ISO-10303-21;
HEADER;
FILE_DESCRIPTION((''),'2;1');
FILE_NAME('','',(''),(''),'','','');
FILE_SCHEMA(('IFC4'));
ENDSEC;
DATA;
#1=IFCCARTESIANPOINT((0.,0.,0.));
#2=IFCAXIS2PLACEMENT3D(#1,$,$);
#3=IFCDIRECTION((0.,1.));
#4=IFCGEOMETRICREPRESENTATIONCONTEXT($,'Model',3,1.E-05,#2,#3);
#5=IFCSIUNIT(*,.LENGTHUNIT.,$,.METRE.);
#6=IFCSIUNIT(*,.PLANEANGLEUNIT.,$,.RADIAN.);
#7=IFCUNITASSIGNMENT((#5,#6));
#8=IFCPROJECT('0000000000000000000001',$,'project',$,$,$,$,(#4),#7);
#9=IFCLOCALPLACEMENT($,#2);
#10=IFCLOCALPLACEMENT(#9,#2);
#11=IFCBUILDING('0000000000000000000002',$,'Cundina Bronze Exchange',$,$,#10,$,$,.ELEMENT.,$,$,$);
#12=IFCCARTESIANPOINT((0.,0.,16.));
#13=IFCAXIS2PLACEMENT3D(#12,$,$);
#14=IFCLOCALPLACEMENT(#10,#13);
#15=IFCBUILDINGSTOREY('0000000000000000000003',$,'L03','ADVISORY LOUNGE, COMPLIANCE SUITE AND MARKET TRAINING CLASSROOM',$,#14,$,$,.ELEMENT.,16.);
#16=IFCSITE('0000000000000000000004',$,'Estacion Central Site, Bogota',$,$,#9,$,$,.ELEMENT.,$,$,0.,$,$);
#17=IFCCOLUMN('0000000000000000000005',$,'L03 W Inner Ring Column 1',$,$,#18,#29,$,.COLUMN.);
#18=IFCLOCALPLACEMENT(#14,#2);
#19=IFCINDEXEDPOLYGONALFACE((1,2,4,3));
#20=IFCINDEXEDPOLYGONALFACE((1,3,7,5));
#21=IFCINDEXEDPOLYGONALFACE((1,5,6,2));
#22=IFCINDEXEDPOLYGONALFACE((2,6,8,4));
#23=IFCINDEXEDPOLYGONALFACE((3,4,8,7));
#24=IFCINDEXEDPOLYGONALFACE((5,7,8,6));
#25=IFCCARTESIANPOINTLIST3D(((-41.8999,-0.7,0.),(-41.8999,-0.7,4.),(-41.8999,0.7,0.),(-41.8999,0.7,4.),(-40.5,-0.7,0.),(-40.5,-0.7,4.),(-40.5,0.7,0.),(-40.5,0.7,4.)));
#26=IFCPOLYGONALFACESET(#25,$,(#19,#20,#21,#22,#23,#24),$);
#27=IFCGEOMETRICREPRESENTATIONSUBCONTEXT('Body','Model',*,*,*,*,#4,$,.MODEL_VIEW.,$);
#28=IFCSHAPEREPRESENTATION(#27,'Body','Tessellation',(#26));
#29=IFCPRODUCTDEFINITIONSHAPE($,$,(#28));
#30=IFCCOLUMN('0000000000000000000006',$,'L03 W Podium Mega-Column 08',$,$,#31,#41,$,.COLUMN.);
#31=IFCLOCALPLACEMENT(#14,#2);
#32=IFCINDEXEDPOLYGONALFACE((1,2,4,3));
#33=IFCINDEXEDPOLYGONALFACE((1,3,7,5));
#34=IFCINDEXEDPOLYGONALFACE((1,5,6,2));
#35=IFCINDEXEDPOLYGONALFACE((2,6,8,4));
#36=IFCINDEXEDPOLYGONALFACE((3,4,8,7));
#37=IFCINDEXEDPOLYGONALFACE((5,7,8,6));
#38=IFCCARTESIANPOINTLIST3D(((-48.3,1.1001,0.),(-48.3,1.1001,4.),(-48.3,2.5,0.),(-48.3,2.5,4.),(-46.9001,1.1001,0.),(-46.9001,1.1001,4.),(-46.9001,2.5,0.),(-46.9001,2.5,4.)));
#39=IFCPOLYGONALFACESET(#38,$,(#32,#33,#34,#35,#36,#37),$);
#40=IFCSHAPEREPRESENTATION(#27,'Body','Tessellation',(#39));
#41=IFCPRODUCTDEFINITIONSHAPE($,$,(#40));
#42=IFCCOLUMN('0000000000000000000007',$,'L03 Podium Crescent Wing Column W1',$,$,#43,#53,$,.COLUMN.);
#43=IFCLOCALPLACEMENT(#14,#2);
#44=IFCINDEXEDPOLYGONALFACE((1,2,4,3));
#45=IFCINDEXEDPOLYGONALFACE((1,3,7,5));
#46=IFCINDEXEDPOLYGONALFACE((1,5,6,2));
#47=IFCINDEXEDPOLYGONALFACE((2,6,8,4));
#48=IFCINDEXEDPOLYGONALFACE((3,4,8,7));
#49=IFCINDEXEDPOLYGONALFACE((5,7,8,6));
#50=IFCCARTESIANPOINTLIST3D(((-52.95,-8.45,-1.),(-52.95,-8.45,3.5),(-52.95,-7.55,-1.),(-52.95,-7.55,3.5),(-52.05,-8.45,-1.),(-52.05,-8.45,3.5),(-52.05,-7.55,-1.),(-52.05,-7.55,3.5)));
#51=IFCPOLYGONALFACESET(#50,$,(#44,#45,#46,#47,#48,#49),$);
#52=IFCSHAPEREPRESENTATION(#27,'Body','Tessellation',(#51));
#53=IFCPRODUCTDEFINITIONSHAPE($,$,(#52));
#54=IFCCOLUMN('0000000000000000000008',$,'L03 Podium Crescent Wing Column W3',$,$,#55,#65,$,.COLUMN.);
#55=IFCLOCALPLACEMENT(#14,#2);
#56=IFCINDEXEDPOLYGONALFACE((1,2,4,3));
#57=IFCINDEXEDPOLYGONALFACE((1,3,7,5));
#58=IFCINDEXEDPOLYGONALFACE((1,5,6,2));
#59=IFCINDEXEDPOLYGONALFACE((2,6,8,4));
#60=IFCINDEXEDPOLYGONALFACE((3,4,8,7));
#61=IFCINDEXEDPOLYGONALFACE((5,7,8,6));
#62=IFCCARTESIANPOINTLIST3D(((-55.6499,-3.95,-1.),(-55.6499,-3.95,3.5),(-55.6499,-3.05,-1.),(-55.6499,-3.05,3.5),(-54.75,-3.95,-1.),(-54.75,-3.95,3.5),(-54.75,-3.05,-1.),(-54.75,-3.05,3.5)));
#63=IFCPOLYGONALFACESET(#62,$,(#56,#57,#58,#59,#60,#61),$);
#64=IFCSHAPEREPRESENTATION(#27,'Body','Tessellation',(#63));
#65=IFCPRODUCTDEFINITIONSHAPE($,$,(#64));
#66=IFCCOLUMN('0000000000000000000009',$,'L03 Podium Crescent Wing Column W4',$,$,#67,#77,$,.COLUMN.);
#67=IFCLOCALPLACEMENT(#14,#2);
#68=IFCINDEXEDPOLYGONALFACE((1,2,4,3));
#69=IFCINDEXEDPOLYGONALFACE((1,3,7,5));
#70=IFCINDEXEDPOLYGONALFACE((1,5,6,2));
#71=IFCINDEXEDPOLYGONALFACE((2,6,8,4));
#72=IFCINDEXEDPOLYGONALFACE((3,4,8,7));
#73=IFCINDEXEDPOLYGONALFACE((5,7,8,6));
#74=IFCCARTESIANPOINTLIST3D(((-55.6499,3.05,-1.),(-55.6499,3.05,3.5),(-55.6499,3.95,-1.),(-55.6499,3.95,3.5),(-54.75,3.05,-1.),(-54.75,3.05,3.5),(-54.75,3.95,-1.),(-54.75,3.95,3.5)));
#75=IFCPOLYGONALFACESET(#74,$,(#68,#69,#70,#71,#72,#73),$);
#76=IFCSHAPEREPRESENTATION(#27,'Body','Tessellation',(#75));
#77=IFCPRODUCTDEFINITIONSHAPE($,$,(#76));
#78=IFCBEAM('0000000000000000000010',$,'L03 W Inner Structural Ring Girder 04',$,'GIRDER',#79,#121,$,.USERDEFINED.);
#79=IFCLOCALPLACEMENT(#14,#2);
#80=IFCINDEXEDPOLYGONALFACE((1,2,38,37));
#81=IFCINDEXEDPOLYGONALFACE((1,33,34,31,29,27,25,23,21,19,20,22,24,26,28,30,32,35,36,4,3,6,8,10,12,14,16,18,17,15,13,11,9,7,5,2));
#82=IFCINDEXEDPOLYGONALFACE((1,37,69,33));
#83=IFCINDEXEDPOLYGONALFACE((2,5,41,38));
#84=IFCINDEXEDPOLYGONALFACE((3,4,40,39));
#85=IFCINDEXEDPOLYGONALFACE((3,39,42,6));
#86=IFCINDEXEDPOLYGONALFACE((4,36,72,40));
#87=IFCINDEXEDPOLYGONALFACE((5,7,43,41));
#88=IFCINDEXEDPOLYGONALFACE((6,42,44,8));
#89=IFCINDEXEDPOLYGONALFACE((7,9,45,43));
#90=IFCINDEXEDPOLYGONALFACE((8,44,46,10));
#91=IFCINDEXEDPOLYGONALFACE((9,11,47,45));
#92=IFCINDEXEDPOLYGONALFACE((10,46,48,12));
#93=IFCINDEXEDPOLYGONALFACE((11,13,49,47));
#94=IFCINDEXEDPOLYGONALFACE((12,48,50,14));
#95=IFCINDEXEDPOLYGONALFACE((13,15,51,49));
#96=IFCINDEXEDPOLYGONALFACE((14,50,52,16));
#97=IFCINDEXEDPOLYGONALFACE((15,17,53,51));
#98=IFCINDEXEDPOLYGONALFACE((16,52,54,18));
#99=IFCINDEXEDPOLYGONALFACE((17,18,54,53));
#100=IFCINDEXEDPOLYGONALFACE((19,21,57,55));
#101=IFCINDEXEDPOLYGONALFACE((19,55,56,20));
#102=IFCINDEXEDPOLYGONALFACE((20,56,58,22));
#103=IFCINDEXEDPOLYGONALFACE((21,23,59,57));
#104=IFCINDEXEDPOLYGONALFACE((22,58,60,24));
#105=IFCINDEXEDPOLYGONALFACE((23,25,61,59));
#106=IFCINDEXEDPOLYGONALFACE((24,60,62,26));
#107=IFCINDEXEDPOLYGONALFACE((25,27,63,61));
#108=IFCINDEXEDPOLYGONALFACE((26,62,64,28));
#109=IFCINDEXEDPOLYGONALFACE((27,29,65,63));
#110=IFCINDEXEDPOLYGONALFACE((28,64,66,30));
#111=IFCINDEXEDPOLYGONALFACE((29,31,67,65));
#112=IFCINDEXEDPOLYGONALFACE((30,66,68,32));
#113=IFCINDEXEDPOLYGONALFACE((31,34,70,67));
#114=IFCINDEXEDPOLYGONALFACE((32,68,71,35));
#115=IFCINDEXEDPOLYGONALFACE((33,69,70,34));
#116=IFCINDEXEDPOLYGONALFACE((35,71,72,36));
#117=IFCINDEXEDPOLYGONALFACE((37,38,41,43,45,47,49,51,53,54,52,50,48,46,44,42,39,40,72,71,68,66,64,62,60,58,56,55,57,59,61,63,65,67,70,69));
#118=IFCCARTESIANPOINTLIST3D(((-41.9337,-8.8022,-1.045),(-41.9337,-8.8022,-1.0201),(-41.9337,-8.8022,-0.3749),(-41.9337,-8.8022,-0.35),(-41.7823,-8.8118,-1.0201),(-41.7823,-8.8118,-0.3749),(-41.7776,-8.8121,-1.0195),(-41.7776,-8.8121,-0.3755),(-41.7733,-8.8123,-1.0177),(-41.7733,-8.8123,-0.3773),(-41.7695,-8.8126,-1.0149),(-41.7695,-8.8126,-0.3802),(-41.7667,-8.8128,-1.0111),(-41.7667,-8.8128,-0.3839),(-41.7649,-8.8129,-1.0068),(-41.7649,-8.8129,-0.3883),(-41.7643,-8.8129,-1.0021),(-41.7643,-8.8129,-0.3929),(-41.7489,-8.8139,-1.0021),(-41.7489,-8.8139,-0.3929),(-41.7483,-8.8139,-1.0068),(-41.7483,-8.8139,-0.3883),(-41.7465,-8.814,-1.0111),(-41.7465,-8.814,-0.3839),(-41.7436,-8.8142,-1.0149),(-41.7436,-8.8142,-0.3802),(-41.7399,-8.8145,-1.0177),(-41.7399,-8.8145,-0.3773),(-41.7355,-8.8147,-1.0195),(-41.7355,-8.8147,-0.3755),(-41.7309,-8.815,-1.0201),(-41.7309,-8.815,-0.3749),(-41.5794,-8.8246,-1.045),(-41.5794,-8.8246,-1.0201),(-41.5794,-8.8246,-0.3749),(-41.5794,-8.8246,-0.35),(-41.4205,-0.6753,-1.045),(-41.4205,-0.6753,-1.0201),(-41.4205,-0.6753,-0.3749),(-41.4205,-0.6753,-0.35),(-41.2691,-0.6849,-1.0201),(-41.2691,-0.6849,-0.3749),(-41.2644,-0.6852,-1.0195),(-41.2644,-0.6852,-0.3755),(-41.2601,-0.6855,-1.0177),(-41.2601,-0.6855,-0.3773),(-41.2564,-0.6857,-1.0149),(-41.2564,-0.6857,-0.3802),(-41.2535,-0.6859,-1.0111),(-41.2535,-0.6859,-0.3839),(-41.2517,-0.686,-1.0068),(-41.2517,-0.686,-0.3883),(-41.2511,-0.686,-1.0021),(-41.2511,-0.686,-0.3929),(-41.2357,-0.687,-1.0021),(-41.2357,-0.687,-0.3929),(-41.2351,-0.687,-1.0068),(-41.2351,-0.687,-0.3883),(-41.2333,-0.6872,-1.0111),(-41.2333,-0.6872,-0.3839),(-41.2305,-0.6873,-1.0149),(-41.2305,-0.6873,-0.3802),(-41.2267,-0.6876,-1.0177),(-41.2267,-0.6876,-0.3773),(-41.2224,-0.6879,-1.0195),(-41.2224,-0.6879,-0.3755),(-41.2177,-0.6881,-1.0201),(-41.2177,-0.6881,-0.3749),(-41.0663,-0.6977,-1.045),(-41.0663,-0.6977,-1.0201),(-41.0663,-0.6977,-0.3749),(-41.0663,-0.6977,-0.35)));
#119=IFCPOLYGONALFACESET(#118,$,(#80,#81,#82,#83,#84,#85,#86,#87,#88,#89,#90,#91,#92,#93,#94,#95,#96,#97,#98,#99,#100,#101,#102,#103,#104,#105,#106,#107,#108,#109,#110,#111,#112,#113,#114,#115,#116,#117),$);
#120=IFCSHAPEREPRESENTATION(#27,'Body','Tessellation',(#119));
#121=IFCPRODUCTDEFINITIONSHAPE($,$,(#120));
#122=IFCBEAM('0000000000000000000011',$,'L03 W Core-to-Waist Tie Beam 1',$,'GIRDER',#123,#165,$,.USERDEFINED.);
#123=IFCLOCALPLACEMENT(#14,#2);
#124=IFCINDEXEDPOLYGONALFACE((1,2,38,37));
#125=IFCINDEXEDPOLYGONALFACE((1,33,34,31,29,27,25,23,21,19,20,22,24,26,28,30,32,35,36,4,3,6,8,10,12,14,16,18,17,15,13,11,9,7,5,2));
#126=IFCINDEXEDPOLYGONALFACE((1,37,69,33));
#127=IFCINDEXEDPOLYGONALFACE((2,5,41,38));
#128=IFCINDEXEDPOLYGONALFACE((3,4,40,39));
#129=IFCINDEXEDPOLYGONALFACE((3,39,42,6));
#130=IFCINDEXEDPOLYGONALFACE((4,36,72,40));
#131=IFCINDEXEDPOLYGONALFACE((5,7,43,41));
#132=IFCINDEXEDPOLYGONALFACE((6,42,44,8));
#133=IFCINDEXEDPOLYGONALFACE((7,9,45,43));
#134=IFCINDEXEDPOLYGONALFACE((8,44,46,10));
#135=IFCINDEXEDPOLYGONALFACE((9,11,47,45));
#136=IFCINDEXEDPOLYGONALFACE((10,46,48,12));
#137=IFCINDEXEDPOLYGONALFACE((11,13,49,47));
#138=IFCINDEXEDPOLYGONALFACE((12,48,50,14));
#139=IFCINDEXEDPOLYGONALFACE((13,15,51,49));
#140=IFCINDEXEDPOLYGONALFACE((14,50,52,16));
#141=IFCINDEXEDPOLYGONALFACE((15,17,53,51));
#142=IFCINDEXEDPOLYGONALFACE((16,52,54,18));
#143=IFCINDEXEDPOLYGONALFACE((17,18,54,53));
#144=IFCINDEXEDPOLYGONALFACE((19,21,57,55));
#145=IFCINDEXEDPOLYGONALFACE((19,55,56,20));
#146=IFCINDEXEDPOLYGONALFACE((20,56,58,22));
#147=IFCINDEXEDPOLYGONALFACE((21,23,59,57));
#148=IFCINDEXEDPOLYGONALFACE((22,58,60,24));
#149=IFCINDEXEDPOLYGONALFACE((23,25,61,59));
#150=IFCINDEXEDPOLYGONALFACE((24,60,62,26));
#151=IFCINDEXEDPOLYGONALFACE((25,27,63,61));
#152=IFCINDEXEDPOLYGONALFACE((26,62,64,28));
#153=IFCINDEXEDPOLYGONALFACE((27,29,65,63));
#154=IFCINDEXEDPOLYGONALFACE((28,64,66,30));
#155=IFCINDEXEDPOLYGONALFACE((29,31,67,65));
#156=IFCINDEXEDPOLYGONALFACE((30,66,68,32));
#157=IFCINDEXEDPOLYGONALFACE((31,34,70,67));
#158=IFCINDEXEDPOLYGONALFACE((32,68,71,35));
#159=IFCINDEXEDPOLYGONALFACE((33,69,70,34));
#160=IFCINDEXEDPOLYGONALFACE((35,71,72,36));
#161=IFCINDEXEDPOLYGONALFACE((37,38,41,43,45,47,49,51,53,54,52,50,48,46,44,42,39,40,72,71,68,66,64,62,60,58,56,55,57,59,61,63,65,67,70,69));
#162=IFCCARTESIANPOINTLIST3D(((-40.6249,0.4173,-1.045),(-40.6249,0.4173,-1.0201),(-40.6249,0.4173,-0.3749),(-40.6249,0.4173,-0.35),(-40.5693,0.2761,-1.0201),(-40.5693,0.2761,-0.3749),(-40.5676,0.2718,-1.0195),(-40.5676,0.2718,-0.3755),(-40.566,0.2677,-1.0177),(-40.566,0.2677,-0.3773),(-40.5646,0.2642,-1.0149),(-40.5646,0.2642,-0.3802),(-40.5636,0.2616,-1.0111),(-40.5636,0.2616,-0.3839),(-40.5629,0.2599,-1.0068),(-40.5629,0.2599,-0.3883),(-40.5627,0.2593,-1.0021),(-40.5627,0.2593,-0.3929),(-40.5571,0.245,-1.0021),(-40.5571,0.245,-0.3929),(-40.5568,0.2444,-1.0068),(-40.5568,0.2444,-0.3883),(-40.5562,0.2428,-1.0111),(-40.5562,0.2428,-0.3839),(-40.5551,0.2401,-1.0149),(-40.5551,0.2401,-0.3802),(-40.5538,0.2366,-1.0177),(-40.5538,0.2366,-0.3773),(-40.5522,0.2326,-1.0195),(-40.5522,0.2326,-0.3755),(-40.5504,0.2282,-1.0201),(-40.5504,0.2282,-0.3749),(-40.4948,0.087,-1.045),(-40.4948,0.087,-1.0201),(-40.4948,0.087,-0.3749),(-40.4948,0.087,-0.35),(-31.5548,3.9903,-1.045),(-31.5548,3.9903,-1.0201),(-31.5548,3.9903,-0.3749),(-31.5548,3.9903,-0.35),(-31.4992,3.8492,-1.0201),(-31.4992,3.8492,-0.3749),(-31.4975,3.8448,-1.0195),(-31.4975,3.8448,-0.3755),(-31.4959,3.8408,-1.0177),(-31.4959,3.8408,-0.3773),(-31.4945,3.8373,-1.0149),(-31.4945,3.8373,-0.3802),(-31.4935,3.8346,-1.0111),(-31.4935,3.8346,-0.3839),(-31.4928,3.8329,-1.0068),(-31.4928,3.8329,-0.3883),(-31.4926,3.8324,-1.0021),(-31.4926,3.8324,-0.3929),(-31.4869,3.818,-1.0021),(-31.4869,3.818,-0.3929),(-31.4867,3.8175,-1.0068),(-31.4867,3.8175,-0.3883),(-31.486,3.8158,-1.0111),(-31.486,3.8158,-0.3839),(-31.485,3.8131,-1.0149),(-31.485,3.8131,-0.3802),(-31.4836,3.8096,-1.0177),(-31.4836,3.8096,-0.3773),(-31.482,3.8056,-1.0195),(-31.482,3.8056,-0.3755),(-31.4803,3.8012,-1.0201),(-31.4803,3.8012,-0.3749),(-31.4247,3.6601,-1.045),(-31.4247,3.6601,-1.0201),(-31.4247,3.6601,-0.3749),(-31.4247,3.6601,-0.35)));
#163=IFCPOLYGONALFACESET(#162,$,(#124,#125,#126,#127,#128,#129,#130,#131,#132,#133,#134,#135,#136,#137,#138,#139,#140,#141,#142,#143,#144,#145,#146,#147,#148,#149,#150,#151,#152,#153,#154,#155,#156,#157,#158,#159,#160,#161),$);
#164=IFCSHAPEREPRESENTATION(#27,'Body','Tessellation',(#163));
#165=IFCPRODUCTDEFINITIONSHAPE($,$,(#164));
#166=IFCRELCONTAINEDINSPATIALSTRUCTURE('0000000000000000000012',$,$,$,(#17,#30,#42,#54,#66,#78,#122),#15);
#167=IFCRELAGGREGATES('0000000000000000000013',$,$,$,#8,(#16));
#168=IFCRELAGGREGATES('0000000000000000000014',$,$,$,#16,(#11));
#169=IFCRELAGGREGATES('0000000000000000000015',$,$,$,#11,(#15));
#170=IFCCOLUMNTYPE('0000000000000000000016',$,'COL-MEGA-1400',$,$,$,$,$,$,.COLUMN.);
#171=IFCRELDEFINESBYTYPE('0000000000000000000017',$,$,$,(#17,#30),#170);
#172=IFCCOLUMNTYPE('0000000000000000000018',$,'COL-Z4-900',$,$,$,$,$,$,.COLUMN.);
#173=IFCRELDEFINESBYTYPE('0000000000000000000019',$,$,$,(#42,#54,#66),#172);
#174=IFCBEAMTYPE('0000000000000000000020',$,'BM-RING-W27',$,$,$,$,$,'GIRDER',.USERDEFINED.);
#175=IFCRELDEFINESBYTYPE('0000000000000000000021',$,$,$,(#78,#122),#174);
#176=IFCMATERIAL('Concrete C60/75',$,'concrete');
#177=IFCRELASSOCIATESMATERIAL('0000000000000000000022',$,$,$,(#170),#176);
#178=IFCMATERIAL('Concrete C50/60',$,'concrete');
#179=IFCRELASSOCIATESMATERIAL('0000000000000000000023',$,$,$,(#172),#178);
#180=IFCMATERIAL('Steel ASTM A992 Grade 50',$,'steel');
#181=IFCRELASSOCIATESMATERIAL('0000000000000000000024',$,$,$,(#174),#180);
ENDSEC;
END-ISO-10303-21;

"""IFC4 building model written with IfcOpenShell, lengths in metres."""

from ifc_helpers import new_model, si_unit, direction, frame, origin, origin_2d, place, context, subcontext, project, spatial, rectangle, i_section, extrude, material, material_profile, profile_set, type_object, element, save


model = new_model("IFC4")

# Units and contexts
model_context = context("Model", 3, precision=1e-05, world=origin(), true_north=direction((0.0, 1.0)))
body_context = subcontext(model_context, "Body", "Model", "MODEL_VIEW")
ifc_project = project(units=[si_unit("LENGTHUNIT", "METRE"), si_unit("PLANEANGLEUNIT", "RADIAN")], contexts=[model_context])

# Site, building, storey
site_placement = place(None, origin())
site = spatial("IfcSite", under=ifc_project, at=site_placement, Name="Estacion Central Site, Bogota", CompositionType="ELEMENT", RefElevation=0.0)
building_placement = place(site_placement, origin())
building = spatial("IfcBuilding", under=site, at=building_placement, Name="Cundina Bronze Exchange", CompositionType="ELEMENT")
storey_placement = place(building_placement, frame((0.0, 0.0, 16.0)))
storey = spatial("IfcBuildingStorey", under=building, at=storey_placement, Name="L03", Description="ADVISORY LOUNGE, COMPLIANCE SUITE AND MARKET TRAINING CLASSROOM", CompositionType="ELEMENT", Elevation=16.0)

# Columns
ifc_material_1 = material(Name="Concrete C60/75", Category="concrete")
ifc_material_profile_1 = material_profile(ifc_material_1, rectangle(XDim=1.3999, YDim=1.3999, at=origin_2d()), Name="RC1400X1400", Category="concrete")
ifc_profile_set_1 = profile_set([ifc_material_profile_1], Name="Concrete C60/75")
column_type_1 = type_object("IfcColumnType", Name="COL-MEGA-1400", PredefinedType="COLUMN", material=ifc_profile_set_1)
for number, where, z_axis, x_axis, name in (
    (1, (-41.2, 0.0, 0.0), (0.0, 0.0, 1.0), (1.0, 0.0, 0.0), "L03 W Inner Ring Column 1"),
    (2, (-47.6001, 1.8, 0.0), (0.0, 0.0, 1.0), (1.0, 0.0, 0.0), "L03 W Podium Mega-Column 08"),
):
    element("IfcColumn", number, at=place(storey_placement, frame(where, z_axis=z_axis, x_axis=x_axis)), inside=storey, type_object=column_type_1, Name=name, PredefinedType="COLUMN", context=body_context, shape_type="SweptSolid", body=[
        extrude(rectangle(XDim=1.3999, YDim=1.3999, at=origin_2d()), origin(), (0.0, 0.0, 1.0), 4.0),
    ])
ifc_material_2 = material(Name="Concrete C50/60", Category="concrete")
ifc_material_profile_2 = material_profile(ifc_material_2, rectangle(XDim=0.8999, YDim=0.8999, at=origin_2d()), Name="RC900X900", Category="concrete")
ifc_profile_set_2 = profile_set([ifc_material_profile_2], Name="Concrete C50/60")
column_type_2 = type_object("IfcColumnType", Name="COL-Z4-900", PredefinedType="COLUMN", material=ifc_profile_set_2)
for number, where, z_axis, x_axis, name in (
    (3, (-52.5, -8.0, -1.0), (0.0, 0.0, 1.0), (1.0, 0.0, 0.0), "L03 Podium Crescent Wing Column W1"),
    (4, (-55.2, -3.5, -1.0), (0.0, 0.0, 1.0), (1.0, 0.0, 0.0), "L03 Podium Crescent Wing Column W3"),
    (5, (-55.2, 3.5, -1.0), (0.0, 0.0, 1.0), (1.0, 0.0, 0.0), "L03 Podium Crescent Wing Column W4"),
):
    element("IfcColumn", number, at=place(storey_placement, frame(where, z_axis=z_axis, x_axis=x_axis)), inside=storey, type_object=column_type_2, Name=name, PredefinedType="COLUMN", context=body_context, shape_type="SweptSolid", body=[
        extrude(rectangle(XDim=0.8999, YDim=0.8999, at=origin_2d()), origin(), (0.0, 0.0, 1.0), 4.5),
    ])

# Beams
ifc_material_3 = material(Name="Steel ASTM A992 Grade 50", Category="steel")
ifc_material_profile_3 = material_profile(ifc_material_3, i_section(OverallWidth=0.355, OverallDepth=0.6951, WebThickness=0.0154, FlangeThickness=0.0249, FilletRadius=0.0181, at=origin_2d()), Name="W27X146", Category="steel")
ifc_profile_set_3 = profile_set([ifc_material_profile_3], Name="Steel ASTM A992 Grade 50")
beam_type_1 = type_object("IfcBeamType", Name="BM-RING-W27", ElementType="GIRDER", PredefinedType="USERDEFINED", material=ifc_profile_set_3)
beam_1_placement = place(storey_placement, frame((-41.2434, -0.6865, -0.6975), z_axis=(-0.06302, -0.998012, 0.0), x_axis=(0.998012, -0.06302, 0.0)))
element("IfcBeam", 6, at=beam_1_placement, inside=storey, type_object=beam_type_1, Name="L03 W Inner Structural Ring Girder 04", ObjectType="GIRDER", PredefinedType="USERDEFINED", context=body_context, shape_type="SweptSolid", body=[
    extrude(i_section(OverallWidth=0.355, OverallDepth=0.6951, WebThickness=0.0154, FlangeThickness=0.0249, FilletRadius=0.0181, at=origin_2d()), origin(), (0.0, 0.0, 1.0), 8.1431),
])
beam_2_placement = place(storey_placement, frame((-31.4897, 3.8252, -0.6975), z_axis=(-0.93041, -0.366519, 0.0), x_axis=(0.366519, -0.93041, 0.0)))
element("IfcBeam", 7, at=beam_2_placement, inside=storey, type_object=beam_type_1, Name="L03 W Core-to-Waist Tie Beam 1", ObjectType="GIRDER", PredefinedType="USERDEFINED", context=body_context, shape_type="SweptSolid", body=[
    extrude(i_section(OverallWidth=0.355, OverallDepth=0.6951, WebThickness=0.0154, FlangeThickness=0.0249, FilletRadius=0.0181, at=origin_2d()), origin(), (0.0, 0.0, 1.0), 9.7485),
])

save(model, "model.ifc")
